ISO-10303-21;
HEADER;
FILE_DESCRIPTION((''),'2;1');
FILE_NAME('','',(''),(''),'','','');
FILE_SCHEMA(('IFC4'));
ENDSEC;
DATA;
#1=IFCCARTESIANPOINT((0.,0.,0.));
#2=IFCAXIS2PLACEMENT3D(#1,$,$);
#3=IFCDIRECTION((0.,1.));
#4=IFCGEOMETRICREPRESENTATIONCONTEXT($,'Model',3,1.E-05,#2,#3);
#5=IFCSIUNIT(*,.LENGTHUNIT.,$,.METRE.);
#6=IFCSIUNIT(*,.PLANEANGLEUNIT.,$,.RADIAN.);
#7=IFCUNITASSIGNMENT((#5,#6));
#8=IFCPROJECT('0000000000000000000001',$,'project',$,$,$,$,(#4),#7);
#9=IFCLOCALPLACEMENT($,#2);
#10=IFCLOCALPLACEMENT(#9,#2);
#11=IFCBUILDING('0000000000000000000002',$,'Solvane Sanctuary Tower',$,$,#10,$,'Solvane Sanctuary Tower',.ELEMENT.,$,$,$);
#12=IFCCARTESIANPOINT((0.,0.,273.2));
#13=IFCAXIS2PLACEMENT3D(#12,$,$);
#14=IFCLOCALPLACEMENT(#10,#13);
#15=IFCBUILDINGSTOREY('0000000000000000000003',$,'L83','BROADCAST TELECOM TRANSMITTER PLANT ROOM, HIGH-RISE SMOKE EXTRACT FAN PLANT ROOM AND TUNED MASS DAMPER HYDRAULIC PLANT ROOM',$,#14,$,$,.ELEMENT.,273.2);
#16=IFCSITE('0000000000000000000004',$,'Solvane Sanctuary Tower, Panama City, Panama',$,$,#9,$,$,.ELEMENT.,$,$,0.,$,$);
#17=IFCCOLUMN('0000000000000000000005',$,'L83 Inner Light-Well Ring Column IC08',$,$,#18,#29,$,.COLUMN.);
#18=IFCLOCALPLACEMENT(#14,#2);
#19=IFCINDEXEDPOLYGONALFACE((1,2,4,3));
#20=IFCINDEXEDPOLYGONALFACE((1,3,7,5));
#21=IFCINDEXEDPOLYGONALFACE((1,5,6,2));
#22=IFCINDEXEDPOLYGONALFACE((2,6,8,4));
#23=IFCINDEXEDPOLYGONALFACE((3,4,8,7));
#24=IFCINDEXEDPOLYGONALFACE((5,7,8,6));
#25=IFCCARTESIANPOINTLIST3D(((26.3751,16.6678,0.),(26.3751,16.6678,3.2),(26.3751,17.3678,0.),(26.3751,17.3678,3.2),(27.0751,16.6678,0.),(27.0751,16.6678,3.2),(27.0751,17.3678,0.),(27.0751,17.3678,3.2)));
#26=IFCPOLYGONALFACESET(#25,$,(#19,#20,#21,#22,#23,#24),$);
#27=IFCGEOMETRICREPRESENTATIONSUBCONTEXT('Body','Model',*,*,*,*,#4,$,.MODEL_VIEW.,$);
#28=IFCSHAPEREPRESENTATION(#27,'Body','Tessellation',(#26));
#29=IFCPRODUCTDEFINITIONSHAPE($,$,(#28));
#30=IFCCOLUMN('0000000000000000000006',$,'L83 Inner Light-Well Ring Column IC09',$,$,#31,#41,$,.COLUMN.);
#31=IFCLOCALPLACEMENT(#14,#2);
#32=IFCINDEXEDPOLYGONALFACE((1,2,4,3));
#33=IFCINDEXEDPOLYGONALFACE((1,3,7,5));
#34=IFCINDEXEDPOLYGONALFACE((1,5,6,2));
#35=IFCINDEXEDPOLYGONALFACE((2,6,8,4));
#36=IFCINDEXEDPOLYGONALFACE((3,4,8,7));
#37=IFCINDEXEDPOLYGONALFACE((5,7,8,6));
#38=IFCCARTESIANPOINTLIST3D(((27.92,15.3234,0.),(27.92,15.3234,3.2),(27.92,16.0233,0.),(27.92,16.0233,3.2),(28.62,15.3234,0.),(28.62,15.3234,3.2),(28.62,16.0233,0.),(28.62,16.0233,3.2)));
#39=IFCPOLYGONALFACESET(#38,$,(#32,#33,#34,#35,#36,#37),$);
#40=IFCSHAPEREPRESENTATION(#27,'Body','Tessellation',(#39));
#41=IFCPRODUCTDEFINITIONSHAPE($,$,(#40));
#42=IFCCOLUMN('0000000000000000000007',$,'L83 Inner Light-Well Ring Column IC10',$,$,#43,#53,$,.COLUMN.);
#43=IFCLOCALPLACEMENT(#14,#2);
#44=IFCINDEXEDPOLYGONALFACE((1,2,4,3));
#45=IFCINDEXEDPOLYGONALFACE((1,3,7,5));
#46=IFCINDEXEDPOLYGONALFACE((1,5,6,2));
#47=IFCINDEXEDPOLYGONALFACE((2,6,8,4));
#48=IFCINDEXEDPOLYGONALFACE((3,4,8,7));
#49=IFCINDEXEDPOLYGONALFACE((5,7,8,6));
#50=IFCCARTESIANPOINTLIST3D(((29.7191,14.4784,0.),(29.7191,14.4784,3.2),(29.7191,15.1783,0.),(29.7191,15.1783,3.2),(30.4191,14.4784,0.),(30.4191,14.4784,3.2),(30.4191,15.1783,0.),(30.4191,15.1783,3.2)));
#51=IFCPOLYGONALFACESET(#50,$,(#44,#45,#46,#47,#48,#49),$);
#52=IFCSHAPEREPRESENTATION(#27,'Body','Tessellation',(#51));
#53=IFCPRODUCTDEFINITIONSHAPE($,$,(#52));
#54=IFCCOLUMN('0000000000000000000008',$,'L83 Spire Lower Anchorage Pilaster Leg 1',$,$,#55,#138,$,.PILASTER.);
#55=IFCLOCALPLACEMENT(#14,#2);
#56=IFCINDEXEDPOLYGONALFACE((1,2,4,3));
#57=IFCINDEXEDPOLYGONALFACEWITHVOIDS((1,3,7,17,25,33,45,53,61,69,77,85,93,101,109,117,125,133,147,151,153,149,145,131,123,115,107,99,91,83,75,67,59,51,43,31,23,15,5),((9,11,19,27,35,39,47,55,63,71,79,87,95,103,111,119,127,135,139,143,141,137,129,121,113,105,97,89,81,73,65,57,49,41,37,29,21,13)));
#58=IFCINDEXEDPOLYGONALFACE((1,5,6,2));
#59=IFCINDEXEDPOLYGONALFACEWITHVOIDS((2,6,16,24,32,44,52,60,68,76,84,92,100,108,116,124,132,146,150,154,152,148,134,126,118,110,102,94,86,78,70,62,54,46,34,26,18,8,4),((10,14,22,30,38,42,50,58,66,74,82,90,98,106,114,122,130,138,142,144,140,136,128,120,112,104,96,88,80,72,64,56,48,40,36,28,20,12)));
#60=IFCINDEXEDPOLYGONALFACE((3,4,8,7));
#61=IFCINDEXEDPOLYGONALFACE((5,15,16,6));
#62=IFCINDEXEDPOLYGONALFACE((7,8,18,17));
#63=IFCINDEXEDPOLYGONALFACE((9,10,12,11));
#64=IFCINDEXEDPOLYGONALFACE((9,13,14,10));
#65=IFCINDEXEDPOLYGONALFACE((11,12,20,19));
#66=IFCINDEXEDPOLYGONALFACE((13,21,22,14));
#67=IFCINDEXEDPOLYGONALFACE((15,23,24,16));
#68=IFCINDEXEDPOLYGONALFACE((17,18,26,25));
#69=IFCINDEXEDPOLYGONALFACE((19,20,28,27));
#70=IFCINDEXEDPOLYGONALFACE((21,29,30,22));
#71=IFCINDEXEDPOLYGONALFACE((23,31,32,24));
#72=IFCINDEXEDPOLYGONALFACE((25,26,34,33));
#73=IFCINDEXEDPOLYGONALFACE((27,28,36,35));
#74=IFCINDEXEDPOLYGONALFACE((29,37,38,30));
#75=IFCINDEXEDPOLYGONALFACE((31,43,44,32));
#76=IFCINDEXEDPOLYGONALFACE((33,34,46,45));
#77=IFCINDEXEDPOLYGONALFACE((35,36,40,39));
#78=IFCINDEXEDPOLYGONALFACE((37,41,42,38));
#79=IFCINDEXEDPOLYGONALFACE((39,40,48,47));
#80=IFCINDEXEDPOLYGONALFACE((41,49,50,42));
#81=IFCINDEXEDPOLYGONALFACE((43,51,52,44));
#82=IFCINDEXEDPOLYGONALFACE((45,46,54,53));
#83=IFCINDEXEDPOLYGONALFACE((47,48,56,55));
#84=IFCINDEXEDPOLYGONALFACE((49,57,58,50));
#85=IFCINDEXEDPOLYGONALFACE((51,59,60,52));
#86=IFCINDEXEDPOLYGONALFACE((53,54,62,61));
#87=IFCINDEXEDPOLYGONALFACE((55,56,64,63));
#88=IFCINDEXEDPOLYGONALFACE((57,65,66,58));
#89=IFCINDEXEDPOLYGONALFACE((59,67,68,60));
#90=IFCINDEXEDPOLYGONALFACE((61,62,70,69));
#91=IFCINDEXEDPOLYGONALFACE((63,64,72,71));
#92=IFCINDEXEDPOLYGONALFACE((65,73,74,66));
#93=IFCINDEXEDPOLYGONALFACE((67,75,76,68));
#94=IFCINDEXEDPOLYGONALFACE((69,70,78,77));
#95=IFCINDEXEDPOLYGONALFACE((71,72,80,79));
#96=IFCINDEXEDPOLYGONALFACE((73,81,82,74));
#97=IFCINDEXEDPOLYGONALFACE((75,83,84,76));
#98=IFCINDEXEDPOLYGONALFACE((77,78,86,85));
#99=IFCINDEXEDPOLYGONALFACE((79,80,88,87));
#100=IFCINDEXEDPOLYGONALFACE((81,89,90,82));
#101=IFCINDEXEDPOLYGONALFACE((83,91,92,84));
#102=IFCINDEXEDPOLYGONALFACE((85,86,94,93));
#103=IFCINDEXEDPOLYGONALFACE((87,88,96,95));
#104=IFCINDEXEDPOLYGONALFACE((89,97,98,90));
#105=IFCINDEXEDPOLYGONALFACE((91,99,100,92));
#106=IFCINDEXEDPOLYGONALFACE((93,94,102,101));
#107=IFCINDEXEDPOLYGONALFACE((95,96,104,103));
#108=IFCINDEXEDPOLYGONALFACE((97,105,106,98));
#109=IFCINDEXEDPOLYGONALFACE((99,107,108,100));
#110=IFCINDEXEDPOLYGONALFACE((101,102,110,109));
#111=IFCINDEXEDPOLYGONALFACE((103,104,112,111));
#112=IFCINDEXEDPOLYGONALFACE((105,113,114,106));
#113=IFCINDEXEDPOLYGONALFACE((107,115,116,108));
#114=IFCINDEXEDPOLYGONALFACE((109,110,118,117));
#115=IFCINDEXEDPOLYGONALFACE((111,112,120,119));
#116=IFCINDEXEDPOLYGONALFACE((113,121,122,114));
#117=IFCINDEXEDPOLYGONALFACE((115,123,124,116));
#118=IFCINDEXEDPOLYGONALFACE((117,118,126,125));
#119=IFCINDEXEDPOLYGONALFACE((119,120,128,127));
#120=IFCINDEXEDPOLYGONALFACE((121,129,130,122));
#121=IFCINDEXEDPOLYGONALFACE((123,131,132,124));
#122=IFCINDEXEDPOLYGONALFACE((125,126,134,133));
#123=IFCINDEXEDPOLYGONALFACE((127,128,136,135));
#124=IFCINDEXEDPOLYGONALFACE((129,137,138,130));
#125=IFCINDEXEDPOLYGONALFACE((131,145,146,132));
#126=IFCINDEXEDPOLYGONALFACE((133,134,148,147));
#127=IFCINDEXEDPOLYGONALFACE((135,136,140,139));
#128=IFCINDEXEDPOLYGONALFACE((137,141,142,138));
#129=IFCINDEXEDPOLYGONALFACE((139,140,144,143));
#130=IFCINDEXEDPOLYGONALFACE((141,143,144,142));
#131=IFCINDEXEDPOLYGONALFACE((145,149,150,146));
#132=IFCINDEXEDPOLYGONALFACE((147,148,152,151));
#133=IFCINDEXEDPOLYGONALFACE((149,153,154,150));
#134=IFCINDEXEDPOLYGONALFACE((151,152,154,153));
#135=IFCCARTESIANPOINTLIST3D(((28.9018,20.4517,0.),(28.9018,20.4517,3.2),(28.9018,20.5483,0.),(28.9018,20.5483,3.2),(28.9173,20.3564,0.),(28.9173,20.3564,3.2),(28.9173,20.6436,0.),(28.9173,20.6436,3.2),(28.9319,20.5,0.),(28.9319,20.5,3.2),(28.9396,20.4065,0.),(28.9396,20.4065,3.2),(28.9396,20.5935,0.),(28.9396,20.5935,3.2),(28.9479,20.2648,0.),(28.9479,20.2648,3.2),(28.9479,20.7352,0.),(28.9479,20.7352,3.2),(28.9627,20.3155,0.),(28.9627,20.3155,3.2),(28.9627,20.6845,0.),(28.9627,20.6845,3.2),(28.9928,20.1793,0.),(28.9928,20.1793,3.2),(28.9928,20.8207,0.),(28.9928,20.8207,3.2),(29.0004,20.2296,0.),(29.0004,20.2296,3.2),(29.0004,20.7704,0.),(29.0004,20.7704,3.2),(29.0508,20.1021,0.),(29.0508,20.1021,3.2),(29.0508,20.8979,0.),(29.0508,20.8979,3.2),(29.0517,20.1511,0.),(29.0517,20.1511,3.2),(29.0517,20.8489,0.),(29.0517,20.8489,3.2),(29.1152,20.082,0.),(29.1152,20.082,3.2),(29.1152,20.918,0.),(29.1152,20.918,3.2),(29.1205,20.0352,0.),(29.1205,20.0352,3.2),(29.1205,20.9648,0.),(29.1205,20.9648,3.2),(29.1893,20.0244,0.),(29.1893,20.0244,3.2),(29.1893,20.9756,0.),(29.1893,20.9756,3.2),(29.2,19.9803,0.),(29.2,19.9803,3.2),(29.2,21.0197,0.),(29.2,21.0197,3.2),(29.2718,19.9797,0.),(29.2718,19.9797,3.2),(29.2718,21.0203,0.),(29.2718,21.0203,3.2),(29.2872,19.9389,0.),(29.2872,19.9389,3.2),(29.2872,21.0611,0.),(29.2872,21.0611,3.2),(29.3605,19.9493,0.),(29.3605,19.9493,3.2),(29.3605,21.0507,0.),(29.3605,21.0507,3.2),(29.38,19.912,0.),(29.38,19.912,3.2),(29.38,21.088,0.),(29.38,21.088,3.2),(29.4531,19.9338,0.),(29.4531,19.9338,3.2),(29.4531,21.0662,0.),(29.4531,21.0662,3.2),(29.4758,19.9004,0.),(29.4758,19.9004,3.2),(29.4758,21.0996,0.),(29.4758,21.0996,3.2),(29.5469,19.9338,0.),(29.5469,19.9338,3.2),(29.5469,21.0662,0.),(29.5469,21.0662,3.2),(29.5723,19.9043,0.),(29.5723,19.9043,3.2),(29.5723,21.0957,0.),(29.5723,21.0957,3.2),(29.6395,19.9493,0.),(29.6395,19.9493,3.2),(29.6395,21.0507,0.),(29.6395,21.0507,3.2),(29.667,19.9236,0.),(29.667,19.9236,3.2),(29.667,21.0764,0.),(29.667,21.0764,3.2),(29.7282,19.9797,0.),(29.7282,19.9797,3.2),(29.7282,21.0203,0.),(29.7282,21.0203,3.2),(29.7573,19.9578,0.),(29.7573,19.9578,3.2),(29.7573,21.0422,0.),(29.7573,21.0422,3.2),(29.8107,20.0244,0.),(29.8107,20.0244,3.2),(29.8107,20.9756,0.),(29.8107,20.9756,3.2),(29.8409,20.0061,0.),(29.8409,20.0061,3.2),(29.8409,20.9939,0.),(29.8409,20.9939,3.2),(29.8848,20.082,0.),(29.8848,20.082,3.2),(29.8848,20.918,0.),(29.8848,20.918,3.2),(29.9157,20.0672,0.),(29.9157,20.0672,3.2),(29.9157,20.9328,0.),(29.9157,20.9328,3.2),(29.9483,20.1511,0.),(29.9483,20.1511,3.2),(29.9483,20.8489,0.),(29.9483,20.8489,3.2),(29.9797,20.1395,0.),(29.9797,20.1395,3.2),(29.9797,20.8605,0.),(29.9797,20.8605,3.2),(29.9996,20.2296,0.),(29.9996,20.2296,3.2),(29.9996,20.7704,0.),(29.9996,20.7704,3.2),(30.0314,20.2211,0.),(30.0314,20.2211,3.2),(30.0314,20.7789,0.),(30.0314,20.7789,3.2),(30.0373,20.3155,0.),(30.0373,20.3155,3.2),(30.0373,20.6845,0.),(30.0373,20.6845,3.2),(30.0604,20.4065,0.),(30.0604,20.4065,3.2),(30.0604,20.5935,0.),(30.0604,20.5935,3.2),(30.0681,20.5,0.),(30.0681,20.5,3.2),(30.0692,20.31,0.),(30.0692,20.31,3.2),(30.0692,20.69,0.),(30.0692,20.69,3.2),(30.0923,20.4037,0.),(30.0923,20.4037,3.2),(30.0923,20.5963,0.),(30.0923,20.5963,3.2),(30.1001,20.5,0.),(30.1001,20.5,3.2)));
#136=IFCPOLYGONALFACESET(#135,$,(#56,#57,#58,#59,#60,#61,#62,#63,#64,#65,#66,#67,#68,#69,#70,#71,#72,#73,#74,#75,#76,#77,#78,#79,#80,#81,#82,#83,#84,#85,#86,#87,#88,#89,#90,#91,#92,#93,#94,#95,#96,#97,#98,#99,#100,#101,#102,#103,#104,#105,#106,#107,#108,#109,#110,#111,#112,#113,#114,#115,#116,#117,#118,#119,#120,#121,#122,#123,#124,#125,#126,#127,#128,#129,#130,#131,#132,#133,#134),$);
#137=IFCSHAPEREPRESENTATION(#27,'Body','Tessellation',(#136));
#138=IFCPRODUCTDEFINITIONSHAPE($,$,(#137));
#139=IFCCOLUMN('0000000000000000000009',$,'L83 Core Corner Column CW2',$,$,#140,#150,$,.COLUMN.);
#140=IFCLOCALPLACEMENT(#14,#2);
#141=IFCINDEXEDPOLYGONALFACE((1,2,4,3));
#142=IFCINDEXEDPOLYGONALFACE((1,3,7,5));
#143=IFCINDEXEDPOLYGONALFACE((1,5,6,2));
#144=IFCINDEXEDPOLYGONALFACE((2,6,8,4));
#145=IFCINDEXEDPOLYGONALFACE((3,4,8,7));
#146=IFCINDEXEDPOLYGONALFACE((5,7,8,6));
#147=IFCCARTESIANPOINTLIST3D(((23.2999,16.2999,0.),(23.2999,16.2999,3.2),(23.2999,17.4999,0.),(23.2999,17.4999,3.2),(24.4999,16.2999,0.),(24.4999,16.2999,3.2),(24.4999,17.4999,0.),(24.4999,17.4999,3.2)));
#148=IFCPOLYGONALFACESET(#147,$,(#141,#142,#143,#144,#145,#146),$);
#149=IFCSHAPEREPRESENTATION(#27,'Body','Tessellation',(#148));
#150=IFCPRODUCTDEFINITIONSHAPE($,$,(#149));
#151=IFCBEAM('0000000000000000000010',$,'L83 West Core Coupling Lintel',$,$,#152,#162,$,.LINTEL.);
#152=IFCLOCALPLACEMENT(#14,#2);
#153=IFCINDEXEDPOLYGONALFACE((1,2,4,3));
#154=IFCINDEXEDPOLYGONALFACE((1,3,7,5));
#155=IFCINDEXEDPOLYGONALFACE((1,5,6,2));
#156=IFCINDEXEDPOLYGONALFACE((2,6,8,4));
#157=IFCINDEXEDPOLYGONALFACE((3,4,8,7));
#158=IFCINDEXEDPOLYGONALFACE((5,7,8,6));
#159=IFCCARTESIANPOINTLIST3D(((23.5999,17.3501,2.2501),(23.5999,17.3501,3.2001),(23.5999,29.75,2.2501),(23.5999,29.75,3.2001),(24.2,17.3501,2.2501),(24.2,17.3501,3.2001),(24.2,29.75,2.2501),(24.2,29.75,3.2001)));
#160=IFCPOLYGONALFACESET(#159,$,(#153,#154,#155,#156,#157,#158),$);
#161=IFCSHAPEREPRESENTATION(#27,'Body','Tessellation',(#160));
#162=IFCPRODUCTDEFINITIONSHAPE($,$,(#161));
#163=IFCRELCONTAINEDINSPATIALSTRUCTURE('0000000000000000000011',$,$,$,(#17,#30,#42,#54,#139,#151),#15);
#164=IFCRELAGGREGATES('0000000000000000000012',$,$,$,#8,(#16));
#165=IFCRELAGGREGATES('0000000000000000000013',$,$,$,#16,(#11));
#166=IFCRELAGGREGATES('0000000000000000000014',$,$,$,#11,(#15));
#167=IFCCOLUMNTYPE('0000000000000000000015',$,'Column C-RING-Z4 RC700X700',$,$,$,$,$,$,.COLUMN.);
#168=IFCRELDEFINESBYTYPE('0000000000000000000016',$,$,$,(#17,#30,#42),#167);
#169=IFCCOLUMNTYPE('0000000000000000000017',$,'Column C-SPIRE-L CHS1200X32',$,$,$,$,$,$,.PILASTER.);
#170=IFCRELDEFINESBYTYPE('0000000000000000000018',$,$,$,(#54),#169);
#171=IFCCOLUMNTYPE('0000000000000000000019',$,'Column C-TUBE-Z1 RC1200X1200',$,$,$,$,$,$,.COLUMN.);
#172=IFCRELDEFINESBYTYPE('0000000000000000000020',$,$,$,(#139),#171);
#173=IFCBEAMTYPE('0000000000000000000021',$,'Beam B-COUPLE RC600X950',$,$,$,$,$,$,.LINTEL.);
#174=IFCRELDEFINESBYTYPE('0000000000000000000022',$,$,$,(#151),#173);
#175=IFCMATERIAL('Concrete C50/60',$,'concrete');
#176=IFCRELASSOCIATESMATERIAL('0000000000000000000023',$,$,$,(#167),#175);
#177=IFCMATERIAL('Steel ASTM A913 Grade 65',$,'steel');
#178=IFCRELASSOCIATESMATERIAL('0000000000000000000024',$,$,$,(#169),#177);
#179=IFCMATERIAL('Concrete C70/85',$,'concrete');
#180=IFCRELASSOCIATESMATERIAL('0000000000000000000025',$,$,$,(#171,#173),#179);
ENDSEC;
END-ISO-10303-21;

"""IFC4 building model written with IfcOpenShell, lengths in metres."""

from ifc_helpers import new_model, si_unit, direction, frame, origin, origin_2d, place, context, subcontext, project, spatial, rectangle, hollow_circle, extrude, material, material_profile, profile_set, type_object, element, save


model = new_model("IFC4")

# Units and contexts
model_context = context("Model", 3, precision=1e-05, world=origin(), true_north=direction((0.0, 1.0)))
body_context = subcontext(model_context, "Body", "Model", "MODEL_VIEW")
ifc_project = project(units=[si_unit("LENGTHUNIT", "METRE"), si_unit("PLANEANGLEUNIT", "RADIAN")], contexts=[model_context])

# Site, building, storey
site_placement = place(None, origin())
site = spatial("IfcSite", under=ifc_project, at=site_placement, Name="Solvane Sanctuary Tower, Panama City, Panama", CompositionType="ELEMENT", RefElevation=0.0)
building_placement = place(site_placement, origin())
building = spatial("IfcBuilding", under=site, at=building_placement, Name="Solvane Sanctuary Tower", LongName="Solvane Sanctuary Tower", CompositionType="ELEMENT")
storey_placement = place(building_placement, frame((0.0, 0.0, 273.2)))
storey = spatial("IfcBuildingStorey", under=building, at=storey_placement, Name="L83", Description="BROADCAST TELECOM TRANSMITTER PLANT ROOM, HIGH-RISE SMOKE EXTRACT FAN PLANT ROOM AND TUNED MASS DAMPER HYDRAULIC PLANT ROOM", CompositionType="ELEMENT", Elevation=273.2)

# Columns
ifc_material_1 = material(Name="Concrete C50/60", Category="concrete")
ifc_material_profile_1 = material_profile(ifc_material_1, rectangle(XDim=0.7, YDim=0.7, at=origin_2d()), Name="RC700X700")
ifc_profile_set_1 = profile_set([ifc_material_profile_1], Name="Concrete C50/60")
column_type_1 = type_object("IfcColumnType", Name="Column C-RING-Z4 RC700X700", PredefinedType="COLUMN", material=ifc_profile_set_1)
for number, where, z_axis, x_axis, name in (
    (1, (26.7251, 17.0178, 0.0), (0.0, 0.0, 1.0), (1.0, 0.0, 0.0), "L83 Inner Light-Well Ring Column IC08"),
    (2, (28.27, 15.6733, 0.0), (0.0, 0.0, 1.0), (1.0, 0.0, 0.0), "L83 Inner Light-Well Ring Column IC09"),
    (3, (30.0691, 14.8284, 0.0), (0.0, 0.0, 1.0), (1.0, 0.0, 0.0), "L83 Inner Light-Well Ring Column IC10"),
):
    element("IfcColumn", number, at=place(storey_placement, frame(where, z_axis=z_axis, x_axis=x_axis)), inside=storey, type_object=column_type_1, Name=name, PredefinedType="COLUMN", context=body_context, shape_type="SweptSolid", body=[
        extrude(rectangle(XDim=0.7, YDim=0.7, at=origin_2d()), origin(), (0.0, 0.0, 1.0), 3.2),
    ])
ifc_material_2 = material(Name="Steel ASTM A913 Grade 65", Category="steel")
ifc_material_profile_2 = material_profile(ifc_material_2, hollow_circle(Radius=0.6001, WallThickness=0.032, at=origin_2d()), Name="CHS1200X32")
ifc_profile_set_2 = profile_set([ifc_material_profile_2], Name="Steel ASTM A913 Grade 65")
column_type_2 = type_object("IfcColumnType", Name="Column C-SPIRE-L CHS1200X32", PredefinedType="PILASTER", material=ifc_profile_set_2)
column_1_placement = place(storey_placement, frame((29.5, 20.5, 0.0), z_axis=(0.0, 0.0, 1.0), x_axis=(1.0, 0.0, 0.0)))
element("IfcColumn", 4, at=column_1_placement, inside=storey, type_object=column_type_2, Name="L83 Spire Lower Anchorage Pilaster Leg 1", PredefinedType="PILASTER", context=body_context, shape_type="SweptSolid", body=[
    extrude(hollow_circle(Radius=0.6001, WallThickness=0.032, at=origin_2d()), origin(), (0.0, 0.0, 1.0), 3.2),
])
ifc_material_3 = material(Name="Concrete C70/85", Category="concrete")
ifc_material_profile_3 = material_profile(ifc_material_3, rectangle(XDim=1.2, YDim=1.2, at=origin_2d()), Name="RC1200X1200")
ifc_profile_set_3 = profile_set([ifc_material_profile_3], Name="Concrete C70/85")
column_type_3 = type_object("IfcColumnType", Name="Column C-TUBE-Z1 RC1200X1200", PredefinedType="COLUMN", material=ifc_profile_set_3)
column_2_placement = place(storey_placement, frame((23.8999, 16.8999, 0.0), z_axis=(0.0, 0.0, 1.0), x_axis=(1.0, 0.0, 0.0)))
element("IfcColumn", 5, at=column_2_placement, inside=storey, type_object=column_type_3, Name="L83 Core Corner Column CW2", PredefinedType="COLUMN", context=body_context, shape_type="SweptSolid", body=[
    extrude(rectangle(XDim=1.2, YDim=1.2, at=origin_2d()), origin(), (0.0, 0.0, 1.0), 3.2),
])

# Beam
ifc_material_profile_4 = material_profile(ifc_material_3, rectangle(XDim=0.6001, YDim=0.95, at=origin_2d()), Name="RC600X950")
ifc_profile_set_4 = profile_set([ifc_material_profile_4], Name="Concrete C70/85")
beam_type_1 = type_object("IfcBeamType", Name="Beam B-COUPLE RC600X950", PredefinedType="LINTEL", material=ifc_profile_set_4)
beam_1_placement = place(storey_placement, frame((23.8999, 17.3501, 2.7251), z_axis=(0.0, 1.0, 0.0), x_axis=(-1.0, 0.0, 0.0)))
element("IfcBeam", 6, at=beam_1_placement, inside=storey, type_object=beam_type_1, Name="L83 West Core Coupling Lintel", PredefinedType="LINTEL", context=body_context, shape_type="SweptSolid", body=[
    extrude(rectangle(XDim=0.6001, YDim=0.95, at=origin_2d()), origin(), (0.0, 0.0, 1.0), 12.3999),
])

save(model, "model.ifc")
